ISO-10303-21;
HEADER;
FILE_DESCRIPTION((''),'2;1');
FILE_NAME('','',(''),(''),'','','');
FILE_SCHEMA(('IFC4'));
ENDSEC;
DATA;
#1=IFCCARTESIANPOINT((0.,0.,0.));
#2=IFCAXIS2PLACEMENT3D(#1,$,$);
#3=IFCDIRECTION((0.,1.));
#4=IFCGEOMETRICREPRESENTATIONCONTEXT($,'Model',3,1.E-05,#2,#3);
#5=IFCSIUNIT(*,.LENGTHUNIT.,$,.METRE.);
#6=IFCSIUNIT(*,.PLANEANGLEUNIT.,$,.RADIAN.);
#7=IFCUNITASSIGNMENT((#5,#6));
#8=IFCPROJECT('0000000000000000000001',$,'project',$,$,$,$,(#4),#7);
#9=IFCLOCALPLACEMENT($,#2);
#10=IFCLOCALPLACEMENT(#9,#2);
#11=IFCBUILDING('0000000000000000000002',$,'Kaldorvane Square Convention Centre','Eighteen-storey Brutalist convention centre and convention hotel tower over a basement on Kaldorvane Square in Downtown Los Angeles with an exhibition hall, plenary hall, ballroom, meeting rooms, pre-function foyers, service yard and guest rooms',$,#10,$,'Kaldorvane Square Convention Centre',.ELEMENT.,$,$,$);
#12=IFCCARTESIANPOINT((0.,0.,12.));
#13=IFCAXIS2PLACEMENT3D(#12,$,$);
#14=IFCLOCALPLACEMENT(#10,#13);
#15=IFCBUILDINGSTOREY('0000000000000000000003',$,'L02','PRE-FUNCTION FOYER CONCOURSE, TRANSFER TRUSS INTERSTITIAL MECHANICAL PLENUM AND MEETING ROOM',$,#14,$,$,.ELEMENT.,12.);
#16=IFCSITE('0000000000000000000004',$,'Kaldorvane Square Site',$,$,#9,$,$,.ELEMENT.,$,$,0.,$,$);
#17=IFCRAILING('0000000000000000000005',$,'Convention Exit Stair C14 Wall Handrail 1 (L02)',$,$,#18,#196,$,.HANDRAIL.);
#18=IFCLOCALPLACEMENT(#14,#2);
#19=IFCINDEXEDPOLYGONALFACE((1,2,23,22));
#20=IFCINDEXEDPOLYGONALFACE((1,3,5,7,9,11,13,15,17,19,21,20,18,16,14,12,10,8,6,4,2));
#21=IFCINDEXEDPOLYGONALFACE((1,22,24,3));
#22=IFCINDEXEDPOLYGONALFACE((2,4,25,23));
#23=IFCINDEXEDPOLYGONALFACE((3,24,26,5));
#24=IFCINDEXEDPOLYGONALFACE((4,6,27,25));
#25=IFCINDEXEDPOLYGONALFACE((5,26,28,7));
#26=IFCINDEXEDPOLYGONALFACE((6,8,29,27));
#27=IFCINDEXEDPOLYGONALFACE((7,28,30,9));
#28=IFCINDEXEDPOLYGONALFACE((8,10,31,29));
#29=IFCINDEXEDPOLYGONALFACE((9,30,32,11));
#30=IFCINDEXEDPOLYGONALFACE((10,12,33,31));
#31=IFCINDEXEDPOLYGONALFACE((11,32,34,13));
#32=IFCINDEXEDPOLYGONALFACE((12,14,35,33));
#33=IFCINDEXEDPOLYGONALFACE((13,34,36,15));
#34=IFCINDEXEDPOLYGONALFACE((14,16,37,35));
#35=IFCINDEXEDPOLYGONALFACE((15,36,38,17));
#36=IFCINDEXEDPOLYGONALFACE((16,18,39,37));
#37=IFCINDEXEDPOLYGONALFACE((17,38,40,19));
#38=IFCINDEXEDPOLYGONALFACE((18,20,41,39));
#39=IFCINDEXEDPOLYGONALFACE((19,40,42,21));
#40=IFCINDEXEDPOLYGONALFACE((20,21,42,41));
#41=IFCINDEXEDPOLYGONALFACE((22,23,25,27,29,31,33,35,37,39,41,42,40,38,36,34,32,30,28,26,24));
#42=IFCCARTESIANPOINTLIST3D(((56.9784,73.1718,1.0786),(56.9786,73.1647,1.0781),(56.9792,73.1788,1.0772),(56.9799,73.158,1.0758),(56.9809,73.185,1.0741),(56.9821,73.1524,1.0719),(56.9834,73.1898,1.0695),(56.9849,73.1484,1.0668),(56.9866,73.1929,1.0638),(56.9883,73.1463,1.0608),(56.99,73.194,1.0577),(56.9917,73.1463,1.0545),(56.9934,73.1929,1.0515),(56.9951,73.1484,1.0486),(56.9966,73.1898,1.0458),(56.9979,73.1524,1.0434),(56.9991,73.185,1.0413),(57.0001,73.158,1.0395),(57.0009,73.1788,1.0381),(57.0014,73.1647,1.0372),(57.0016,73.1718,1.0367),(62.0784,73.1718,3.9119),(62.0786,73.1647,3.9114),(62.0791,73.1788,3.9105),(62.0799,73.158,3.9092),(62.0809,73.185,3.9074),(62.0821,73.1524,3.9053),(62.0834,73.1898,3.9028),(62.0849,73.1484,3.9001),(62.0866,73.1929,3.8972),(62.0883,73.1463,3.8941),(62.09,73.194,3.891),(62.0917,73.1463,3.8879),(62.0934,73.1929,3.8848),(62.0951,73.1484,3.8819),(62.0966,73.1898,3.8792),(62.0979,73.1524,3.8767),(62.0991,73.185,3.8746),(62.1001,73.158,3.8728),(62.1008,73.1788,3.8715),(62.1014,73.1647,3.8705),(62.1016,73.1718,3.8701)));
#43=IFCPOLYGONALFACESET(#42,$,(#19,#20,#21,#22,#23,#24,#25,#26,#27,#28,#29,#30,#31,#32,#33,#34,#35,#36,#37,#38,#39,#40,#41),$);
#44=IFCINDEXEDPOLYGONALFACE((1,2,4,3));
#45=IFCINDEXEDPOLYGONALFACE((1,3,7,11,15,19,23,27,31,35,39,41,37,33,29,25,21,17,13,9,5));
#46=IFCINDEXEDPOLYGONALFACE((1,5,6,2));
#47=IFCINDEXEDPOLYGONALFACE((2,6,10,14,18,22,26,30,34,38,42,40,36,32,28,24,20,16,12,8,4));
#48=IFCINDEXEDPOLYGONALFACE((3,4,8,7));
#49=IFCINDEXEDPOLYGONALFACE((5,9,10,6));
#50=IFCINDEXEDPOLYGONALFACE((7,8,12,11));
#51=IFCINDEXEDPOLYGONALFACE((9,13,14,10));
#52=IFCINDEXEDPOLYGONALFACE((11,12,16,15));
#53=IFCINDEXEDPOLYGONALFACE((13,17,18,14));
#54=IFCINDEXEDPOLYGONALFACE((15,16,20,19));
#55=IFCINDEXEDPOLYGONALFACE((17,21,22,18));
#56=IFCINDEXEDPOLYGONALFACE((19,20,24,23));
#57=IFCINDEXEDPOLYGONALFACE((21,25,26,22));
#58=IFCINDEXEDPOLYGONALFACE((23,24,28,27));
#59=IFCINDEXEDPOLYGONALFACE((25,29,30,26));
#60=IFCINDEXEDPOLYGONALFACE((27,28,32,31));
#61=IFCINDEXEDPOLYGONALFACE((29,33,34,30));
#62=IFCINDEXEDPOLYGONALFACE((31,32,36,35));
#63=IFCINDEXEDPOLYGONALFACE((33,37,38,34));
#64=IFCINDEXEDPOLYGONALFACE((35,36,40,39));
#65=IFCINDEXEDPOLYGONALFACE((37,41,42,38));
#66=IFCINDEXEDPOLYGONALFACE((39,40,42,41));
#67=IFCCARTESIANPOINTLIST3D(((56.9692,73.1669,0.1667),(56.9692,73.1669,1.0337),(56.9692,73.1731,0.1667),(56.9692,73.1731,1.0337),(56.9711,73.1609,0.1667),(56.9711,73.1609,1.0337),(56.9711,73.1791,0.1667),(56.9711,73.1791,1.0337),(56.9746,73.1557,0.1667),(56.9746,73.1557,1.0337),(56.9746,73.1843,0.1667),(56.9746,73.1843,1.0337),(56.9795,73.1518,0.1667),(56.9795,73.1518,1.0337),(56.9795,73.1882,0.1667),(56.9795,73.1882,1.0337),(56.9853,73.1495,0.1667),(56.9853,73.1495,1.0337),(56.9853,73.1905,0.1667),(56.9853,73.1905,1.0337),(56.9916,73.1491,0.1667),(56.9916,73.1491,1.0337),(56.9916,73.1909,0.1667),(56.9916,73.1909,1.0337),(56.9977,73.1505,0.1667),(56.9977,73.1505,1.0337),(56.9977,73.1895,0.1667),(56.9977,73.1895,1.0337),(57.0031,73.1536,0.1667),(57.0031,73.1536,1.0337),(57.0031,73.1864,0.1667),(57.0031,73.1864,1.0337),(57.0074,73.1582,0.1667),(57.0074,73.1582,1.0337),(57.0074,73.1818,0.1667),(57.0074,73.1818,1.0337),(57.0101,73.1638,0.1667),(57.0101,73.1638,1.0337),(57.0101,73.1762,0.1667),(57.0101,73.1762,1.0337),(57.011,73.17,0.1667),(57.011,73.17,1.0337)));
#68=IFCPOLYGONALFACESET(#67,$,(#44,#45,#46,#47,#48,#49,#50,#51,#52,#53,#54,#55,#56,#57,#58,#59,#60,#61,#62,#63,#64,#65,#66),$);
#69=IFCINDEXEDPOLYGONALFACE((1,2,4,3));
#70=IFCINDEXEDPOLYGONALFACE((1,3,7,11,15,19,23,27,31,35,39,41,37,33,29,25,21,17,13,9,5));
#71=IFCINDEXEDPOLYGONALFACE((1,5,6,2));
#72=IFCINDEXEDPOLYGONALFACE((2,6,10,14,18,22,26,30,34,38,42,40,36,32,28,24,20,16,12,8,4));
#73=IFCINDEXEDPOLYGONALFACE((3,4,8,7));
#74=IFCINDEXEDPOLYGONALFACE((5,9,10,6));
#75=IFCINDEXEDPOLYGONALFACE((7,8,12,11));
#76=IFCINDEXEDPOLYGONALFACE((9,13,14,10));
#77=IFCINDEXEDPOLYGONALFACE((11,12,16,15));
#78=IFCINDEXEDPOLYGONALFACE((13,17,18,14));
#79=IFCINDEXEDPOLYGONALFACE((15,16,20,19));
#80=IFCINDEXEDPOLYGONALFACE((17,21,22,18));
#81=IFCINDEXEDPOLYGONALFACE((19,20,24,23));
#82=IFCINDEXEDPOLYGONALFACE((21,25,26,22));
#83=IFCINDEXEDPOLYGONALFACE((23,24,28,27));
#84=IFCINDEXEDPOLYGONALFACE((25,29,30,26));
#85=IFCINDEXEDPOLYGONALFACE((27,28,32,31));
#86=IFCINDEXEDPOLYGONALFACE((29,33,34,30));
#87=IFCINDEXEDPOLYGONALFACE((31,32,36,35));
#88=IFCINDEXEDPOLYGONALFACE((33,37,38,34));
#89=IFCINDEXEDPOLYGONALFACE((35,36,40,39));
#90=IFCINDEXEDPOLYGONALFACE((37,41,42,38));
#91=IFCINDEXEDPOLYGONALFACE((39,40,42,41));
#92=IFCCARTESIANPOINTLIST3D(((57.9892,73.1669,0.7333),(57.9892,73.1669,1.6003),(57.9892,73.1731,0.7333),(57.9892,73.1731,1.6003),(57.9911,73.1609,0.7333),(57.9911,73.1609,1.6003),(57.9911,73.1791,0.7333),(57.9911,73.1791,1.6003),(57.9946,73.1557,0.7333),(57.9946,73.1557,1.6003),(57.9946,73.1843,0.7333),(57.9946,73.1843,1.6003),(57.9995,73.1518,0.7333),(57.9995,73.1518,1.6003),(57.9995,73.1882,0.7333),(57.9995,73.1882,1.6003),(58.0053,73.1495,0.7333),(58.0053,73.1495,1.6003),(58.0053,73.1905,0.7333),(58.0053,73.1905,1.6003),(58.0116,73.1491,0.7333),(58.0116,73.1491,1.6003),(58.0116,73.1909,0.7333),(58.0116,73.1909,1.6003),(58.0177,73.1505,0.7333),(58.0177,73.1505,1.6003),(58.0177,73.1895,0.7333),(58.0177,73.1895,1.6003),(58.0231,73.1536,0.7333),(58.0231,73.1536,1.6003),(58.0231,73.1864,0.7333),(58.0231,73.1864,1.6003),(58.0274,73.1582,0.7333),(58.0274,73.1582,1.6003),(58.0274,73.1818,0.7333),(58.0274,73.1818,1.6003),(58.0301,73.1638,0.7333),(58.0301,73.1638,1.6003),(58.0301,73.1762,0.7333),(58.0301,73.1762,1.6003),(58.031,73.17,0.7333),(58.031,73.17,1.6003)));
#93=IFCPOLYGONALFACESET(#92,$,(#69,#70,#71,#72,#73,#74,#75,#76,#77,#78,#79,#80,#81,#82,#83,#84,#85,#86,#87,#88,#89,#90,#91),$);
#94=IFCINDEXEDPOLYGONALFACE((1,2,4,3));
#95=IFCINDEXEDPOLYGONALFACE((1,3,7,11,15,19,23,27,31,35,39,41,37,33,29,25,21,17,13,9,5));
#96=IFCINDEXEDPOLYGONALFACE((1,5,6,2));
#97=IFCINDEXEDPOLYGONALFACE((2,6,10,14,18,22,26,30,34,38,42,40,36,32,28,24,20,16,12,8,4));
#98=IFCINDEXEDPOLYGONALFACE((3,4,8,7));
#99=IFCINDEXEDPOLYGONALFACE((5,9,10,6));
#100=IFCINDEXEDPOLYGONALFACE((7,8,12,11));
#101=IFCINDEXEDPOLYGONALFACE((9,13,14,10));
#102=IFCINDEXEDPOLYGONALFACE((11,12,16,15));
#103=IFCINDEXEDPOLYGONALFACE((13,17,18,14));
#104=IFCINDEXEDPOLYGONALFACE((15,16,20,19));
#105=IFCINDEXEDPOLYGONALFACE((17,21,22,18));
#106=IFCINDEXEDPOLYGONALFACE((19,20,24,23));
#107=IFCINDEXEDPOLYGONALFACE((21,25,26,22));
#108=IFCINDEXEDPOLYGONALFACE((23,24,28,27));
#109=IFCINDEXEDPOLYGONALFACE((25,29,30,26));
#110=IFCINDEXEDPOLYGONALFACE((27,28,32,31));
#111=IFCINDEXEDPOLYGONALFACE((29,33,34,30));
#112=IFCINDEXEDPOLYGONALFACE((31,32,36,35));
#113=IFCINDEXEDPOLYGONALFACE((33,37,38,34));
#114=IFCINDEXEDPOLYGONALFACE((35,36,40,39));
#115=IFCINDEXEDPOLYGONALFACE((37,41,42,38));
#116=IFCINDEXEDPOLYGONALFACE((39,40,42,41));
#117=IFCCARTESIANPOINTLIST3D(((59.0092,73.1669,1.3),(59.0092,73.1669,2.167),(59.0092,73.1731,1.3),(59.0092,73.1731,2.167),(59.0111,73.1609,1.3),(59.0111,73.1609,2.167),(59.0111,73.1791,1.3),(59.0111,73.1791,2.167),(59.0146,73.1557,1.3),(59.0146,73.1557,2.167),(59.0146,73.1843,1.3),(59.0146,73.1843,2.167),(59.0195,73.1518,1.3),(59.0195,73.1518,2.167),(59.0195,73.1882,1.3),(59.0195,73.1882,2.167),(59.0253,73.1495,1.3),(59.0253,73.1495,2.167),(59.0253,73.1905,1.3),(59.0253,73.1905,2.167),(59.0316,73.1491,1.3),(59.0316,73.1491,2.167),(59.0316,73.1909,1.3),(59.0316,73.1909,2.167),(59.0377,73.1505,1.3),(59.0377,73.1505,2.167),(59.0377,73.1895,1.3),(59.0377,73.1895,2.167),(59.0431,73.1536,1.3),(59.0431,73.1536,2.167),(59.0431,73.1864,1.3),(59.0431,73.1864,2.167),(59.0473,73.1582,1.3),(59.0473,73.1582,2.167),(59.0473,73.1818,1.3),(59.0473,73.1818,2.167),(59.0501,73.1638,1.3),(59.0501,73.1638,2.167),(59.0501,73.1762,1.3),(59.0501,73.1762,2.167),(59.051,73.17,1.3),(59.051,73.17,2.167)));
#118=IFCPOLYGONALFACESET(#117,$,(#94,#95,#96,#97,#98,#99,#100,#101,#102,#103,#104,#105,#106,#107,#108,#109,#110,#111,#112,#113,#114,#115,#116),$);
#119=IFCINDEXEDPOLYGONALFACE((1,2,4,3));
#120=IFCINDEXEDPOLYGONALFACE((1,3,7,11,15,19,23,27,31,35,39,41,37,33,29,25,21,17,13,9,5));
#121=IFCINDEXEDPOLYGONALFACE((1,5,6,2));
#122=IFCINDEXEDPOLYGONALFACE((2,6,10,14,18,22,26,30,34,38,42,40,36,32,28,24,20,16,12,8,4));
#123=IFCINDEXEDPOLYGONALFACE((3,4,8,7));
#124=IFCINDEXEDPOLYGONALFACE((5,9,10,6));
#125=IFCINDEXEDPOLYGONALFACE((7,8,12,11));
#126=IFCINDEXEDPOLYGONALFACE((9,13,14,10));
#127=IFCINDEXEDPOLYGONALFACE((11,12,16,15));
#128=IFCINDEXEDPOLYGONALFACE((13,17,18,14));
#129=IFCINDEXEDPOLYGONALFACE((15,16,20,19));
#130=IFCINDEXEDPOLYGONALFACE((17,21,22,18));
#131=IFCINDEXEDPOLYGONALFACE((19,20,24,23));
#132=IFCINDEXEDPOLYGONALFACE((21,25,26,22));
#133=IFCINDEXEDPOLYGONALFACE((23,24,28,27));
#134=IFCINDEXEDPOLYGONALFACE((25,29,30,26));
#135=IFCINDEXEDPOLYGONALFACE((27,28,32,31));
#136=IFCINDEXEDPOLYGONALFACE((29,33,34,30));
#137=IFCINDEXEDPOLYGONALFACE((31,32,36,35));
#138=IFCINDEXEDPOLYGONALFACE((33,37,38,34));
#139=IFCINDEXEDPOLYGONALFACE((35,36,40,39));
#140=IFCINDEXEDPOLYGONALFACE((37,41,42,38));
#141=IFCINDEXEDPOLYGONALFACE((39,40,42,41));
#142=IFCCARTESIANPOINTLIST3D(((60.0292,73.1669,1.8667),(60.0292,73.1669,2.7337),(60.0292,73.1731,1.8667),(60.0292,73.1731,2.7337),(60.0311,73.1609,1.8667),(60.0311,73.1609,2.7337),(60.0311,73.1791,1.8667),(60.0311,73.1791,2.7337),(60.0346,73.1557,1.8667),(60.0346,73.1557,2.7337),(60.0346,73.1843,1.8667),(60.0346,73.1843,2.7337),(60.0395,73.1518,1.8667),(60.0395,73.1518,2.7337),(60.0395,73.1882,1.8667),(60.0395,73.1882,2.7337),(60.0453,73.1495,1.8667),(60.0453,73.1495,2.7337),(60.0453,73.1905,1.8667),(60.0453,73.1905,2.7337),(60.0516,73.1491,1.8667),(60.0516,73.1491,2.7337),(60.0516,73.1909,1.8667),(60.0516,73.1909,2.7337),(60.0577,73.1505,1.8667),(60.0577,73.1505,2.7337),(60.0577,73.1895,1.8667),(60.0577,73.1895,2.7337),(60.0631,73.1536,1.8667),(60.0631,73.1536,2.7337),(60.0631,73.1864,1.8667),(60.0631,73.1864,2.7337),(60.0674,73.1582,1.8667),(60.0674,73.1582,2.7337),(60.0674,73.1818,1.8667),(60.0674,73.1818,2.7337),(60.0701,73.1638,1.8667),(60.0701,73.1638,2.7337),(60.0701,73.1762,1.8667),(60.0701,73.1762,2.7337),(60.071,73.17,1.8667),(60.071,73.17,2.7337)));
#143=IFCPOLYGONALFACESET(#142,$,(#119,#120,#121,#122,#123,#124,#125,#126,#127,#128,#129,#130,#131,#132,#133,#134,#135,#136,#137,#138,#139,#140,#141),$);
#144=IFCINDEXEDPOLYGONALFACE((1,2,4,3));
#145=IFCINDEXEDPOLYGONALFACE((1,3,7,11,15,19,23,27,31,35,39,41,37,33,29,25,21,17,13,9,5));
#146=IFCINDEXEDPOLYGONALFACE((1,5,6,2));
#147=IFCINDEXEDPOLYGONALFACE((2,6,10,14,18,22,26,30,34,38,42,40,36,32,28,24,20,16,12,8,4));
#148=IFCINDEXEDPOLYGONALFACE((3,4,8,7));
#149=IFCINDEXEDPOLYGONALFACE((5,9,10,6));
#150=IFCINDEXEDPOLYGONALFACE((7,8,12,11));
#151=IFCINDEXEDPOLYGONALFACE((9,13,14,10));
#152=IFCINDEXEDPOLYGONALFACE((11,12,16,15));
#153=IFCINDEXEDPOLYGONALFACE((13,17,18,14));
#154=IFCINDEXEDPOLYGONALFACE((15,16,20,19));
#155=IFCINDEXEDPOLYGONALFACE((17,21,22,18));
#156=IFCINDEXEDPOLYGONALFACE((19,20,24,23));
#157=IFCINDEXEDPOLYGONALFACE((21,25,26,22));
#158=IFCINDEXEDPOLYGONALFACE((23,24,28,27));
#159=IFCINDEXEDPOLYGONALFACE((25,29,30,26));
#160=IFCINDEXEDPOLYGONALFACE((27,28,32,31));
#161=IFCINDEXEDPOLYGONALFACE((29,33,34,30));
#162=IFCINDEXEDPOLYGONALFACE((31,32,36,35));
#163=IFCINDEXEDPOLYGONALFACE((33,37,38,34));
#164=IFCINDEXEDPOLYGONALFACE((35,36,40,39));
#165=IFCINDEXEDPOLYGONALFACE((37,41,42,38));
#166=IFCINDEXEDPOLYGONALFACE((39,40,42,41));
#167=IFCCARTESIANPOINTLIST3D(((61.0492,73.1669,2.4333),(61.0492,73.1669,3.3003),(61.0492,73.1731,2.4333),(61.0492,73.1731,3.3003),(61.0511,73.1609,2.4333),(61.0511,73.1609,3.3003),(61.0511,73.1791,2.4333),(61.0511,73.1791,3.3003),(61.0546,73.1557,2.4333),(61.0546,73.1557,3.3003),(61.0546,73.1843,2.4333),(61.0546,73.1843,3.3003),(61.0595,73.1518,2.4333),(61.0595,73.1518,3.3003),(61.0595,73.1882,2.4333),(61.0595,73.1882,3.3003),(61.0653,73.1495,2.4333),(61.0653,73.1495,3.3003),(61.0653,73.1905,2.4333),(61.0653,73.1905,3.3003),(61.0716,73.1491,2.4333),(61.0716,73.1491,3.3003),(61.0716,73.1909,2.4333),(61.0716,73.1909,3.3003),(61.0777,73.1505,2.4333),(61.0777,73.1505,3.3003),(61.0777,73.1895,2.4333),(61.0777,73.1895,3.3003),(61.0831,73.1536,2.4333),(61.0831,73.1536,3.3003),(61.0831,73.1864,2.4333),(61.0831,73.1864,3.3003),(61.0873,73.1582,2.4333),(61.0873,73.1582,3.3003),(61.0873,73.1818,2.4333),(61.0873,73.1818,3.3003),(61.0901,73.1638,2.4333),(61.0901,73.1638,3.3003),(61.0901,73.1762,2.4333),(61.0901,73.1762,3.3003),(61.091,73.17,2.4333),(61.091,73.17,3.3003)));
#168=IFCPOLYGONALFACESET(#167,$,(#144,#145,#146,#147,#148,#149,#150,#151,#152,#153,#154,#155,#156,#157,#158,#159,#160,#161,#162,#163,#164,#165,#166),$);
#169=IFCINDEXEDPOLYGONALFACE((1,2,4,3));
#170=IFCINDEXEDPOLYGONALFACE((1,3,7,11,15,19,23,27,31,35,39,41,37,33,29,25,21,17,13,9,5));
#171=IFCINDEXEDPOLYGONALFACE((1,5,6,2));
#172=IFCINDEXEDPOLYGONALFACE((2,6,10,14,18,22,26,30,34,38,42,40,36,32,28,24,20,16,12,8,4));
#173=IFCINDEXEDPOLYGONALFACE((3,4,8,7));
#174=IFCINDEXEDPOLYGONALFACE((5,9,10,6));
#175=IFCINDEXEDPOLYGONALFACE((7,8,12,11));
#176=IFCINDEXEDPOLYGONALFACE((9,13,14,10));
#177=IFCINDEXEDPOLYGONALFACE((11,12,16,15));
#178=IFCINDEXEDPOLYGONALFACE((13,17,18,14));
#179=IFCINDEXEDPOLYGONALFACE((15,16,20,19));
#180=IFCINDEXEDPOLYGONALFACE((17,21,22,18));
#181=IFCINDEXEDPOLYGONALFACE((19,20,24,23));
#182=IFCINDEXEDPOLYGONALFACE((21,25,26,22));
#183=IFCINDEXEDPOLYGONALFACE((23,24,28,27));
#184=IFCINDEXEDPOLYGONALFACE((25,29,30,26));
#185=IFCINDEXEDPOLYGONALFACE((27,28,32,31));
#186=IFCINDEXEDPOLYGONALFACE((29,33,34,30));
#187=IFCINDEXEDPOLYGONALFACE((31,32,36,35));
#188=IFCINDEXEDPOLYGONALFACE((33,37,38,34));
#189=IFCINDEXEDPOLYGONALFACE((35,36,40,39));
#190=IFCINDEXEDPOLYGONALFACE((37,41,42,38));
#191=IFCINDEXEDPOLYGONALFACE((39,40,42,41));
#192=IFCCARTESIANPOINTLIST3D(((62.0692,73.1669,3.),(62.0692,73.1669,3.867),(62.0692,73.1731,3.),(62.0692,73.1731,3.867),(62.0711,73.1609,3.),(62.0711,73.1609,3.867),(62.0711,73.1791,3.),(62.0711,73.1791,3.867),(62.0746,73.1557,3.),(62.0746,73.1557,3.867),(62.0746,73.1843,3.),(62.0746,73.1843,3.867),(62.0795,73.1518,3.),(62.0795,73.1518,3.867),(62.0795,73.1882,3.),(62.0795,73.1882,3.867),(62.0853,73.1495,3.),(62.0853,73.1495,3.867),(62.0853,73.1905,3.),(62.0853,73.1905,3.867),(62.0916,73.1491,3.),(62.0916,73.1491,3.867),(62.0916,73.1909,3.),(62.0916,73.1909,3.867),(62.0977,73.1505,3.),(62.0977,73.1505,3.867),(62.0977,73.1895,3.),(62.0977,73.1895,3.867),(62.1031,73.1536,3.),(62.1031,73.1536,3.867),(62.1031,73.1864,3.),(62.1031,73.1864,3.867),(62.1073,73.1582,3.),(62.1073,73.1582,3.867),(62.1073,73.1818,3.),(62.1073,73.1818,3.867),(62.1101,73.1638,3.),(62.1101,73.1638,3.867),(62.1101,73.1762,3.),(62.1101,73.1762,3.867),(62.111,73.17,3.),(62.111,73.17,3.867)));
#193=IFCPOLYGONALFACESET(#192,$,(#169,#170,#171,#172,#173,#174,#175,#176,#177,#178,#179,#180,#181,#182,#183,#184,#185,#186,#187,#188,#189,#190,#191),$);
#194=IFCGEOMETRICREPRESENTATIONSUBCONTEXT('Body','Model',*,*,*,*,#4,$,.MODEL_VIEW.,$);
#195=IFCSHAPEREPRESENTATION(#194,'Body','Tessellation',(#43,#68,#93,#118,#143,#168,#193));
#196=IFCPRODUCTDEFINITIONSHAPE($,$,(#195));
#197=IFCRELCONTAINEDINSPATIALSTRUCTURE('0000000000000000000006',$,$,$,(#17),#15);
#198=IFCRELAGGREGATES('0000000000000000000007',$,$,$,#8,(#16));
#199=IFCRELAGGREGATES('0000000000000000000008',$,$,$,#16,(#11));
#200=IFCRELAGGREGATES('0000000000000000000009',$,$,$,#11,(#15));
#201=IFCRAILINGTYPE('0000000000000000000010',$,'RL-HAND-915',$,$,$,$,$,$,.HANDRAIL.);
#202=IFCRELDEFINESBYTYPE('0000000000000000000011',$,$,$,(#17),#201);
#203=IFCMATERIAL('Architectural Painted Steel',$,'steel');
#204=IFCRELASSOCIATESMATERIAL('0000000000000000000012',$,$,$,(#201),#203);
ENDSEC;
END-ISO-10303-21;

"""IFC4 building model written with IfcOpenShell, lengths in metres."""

from ifc_helpers import new_model, si_unit, direction, frame, origin, origin_2d, place, context, subcontext, project, spatial, circle, extrude, material, type_object, element, save


model = new_model("IFC4")

# Units and contexts
model_context = context("Model", 3, precision=1e-05, world=origin(), true_north=direction((0.0, 1.0)))
body_context = subcontext(model_context, "Body", "Model", "MODEL_VIEW")
ifc_project = project(units=[si_unit("LENGTHUNIT", "METRE"), si_unit("PLANEANGLEUNIT", "RADIAN")], contexts=[model_context])

# Site, building, storey
site_placement = place(None, origin())
site = spatial("IfcSite", under=ifc_project, at=site_placement, Name="Kaldorvane Square Site", CompositionType="ELEMENT", RefElevation=0.0)
building_placement = place(site_placement, origin())
building = spatial("IfcBuilding", under=site, at=building_placement, Name="Kaldorvane Square Convention Centre", Description="Eighteen-storey Brutalist convention centre and convention hotel tower over a basement on Kaldorvane Square in Downtown Los Angeles with an exhibition hall, plenary hall, ballroom, meeting rooms, pre-function foyers, service yard and guest rooms", LongName="Kaldorvane Square Convention Centre", CompositionType="ELEMENT")
storey_placement = place(building_placement, frame((0.0, 0.0, 12.0)))
storey = spatial("IfcBuildingStorey", under=building, at=storey_placement, Name="L02", Description="PRE-FUNCTION FOYER CONCOURSE, TRANSFER TRUSS INTERSTITIAL MECHANICAL PLENUM AND MEETING ROOM", CompositionType="ELEMENT", Elevation=12.0)

# Railing
ifc_material_1 = material(Name="Architectural Painted Steel", Category="steel")
railing_type_1 = type_object("IfcRailingType", Name="RL-HAND-915", PredefinedType="HANDRAIL", material=ifc_material_1)
railing_1_placement = place(storey_placement, frame((56.99, 73.17, 0.1667)))
element("IfcRailing", 1, at=railing_1_placement, inside=storey, type_object=railing_type_1, Name="Convention Exit Stair C14 Wall Handrail 1 (L02)", PredefinedType="HANDRAIL", context=body_context, shape_type="SweptSolid", body=[
    extrude(circle(Radius=0.024, at=origin_2d()), frame((0.0, 0.0, 0.891), z_axis=(0.874157, 0.0, 0.485643), x_axis=(0.0, 1.0, 0.0)), (0.0, 0.0, 1.0), 5.8342),
    extrude(circle(Radius=0.021, at=origin_2d()), origin(), (0.0, 0.0, 1.0), 0.867),
    extrude(circle(Radius=0.021, at=origin_2d()), frame((1.02, 0.0, 0.5667)), (0.0, 0.0, 1.0), 0.867),
    extrude(circle(Radius=0.021, at=origin_2d()), frame((2.04, 0.0, 1.1333)), (0.0, 0.0, 1.0), 0.867),
    extrude(circle(Radius=0.021, at=origin_2d()), frame((3.06, 0.0, 1.7)), (0.0, 0.0, 1.0), 0.867),
    extrude(circle(Radius=0.021, at=origin_2d()), frame((4.08, 0.0, 2.2667)), (0.0, 0.0, 1.0), 0.867),
    extrude(circle(Radius=0.021, at=origin_2d()), frame((5.1, 0.0, 2.8333)), (0.0, 0.0, 1.0), 0.867),
])

save(model, "model.ifc")
